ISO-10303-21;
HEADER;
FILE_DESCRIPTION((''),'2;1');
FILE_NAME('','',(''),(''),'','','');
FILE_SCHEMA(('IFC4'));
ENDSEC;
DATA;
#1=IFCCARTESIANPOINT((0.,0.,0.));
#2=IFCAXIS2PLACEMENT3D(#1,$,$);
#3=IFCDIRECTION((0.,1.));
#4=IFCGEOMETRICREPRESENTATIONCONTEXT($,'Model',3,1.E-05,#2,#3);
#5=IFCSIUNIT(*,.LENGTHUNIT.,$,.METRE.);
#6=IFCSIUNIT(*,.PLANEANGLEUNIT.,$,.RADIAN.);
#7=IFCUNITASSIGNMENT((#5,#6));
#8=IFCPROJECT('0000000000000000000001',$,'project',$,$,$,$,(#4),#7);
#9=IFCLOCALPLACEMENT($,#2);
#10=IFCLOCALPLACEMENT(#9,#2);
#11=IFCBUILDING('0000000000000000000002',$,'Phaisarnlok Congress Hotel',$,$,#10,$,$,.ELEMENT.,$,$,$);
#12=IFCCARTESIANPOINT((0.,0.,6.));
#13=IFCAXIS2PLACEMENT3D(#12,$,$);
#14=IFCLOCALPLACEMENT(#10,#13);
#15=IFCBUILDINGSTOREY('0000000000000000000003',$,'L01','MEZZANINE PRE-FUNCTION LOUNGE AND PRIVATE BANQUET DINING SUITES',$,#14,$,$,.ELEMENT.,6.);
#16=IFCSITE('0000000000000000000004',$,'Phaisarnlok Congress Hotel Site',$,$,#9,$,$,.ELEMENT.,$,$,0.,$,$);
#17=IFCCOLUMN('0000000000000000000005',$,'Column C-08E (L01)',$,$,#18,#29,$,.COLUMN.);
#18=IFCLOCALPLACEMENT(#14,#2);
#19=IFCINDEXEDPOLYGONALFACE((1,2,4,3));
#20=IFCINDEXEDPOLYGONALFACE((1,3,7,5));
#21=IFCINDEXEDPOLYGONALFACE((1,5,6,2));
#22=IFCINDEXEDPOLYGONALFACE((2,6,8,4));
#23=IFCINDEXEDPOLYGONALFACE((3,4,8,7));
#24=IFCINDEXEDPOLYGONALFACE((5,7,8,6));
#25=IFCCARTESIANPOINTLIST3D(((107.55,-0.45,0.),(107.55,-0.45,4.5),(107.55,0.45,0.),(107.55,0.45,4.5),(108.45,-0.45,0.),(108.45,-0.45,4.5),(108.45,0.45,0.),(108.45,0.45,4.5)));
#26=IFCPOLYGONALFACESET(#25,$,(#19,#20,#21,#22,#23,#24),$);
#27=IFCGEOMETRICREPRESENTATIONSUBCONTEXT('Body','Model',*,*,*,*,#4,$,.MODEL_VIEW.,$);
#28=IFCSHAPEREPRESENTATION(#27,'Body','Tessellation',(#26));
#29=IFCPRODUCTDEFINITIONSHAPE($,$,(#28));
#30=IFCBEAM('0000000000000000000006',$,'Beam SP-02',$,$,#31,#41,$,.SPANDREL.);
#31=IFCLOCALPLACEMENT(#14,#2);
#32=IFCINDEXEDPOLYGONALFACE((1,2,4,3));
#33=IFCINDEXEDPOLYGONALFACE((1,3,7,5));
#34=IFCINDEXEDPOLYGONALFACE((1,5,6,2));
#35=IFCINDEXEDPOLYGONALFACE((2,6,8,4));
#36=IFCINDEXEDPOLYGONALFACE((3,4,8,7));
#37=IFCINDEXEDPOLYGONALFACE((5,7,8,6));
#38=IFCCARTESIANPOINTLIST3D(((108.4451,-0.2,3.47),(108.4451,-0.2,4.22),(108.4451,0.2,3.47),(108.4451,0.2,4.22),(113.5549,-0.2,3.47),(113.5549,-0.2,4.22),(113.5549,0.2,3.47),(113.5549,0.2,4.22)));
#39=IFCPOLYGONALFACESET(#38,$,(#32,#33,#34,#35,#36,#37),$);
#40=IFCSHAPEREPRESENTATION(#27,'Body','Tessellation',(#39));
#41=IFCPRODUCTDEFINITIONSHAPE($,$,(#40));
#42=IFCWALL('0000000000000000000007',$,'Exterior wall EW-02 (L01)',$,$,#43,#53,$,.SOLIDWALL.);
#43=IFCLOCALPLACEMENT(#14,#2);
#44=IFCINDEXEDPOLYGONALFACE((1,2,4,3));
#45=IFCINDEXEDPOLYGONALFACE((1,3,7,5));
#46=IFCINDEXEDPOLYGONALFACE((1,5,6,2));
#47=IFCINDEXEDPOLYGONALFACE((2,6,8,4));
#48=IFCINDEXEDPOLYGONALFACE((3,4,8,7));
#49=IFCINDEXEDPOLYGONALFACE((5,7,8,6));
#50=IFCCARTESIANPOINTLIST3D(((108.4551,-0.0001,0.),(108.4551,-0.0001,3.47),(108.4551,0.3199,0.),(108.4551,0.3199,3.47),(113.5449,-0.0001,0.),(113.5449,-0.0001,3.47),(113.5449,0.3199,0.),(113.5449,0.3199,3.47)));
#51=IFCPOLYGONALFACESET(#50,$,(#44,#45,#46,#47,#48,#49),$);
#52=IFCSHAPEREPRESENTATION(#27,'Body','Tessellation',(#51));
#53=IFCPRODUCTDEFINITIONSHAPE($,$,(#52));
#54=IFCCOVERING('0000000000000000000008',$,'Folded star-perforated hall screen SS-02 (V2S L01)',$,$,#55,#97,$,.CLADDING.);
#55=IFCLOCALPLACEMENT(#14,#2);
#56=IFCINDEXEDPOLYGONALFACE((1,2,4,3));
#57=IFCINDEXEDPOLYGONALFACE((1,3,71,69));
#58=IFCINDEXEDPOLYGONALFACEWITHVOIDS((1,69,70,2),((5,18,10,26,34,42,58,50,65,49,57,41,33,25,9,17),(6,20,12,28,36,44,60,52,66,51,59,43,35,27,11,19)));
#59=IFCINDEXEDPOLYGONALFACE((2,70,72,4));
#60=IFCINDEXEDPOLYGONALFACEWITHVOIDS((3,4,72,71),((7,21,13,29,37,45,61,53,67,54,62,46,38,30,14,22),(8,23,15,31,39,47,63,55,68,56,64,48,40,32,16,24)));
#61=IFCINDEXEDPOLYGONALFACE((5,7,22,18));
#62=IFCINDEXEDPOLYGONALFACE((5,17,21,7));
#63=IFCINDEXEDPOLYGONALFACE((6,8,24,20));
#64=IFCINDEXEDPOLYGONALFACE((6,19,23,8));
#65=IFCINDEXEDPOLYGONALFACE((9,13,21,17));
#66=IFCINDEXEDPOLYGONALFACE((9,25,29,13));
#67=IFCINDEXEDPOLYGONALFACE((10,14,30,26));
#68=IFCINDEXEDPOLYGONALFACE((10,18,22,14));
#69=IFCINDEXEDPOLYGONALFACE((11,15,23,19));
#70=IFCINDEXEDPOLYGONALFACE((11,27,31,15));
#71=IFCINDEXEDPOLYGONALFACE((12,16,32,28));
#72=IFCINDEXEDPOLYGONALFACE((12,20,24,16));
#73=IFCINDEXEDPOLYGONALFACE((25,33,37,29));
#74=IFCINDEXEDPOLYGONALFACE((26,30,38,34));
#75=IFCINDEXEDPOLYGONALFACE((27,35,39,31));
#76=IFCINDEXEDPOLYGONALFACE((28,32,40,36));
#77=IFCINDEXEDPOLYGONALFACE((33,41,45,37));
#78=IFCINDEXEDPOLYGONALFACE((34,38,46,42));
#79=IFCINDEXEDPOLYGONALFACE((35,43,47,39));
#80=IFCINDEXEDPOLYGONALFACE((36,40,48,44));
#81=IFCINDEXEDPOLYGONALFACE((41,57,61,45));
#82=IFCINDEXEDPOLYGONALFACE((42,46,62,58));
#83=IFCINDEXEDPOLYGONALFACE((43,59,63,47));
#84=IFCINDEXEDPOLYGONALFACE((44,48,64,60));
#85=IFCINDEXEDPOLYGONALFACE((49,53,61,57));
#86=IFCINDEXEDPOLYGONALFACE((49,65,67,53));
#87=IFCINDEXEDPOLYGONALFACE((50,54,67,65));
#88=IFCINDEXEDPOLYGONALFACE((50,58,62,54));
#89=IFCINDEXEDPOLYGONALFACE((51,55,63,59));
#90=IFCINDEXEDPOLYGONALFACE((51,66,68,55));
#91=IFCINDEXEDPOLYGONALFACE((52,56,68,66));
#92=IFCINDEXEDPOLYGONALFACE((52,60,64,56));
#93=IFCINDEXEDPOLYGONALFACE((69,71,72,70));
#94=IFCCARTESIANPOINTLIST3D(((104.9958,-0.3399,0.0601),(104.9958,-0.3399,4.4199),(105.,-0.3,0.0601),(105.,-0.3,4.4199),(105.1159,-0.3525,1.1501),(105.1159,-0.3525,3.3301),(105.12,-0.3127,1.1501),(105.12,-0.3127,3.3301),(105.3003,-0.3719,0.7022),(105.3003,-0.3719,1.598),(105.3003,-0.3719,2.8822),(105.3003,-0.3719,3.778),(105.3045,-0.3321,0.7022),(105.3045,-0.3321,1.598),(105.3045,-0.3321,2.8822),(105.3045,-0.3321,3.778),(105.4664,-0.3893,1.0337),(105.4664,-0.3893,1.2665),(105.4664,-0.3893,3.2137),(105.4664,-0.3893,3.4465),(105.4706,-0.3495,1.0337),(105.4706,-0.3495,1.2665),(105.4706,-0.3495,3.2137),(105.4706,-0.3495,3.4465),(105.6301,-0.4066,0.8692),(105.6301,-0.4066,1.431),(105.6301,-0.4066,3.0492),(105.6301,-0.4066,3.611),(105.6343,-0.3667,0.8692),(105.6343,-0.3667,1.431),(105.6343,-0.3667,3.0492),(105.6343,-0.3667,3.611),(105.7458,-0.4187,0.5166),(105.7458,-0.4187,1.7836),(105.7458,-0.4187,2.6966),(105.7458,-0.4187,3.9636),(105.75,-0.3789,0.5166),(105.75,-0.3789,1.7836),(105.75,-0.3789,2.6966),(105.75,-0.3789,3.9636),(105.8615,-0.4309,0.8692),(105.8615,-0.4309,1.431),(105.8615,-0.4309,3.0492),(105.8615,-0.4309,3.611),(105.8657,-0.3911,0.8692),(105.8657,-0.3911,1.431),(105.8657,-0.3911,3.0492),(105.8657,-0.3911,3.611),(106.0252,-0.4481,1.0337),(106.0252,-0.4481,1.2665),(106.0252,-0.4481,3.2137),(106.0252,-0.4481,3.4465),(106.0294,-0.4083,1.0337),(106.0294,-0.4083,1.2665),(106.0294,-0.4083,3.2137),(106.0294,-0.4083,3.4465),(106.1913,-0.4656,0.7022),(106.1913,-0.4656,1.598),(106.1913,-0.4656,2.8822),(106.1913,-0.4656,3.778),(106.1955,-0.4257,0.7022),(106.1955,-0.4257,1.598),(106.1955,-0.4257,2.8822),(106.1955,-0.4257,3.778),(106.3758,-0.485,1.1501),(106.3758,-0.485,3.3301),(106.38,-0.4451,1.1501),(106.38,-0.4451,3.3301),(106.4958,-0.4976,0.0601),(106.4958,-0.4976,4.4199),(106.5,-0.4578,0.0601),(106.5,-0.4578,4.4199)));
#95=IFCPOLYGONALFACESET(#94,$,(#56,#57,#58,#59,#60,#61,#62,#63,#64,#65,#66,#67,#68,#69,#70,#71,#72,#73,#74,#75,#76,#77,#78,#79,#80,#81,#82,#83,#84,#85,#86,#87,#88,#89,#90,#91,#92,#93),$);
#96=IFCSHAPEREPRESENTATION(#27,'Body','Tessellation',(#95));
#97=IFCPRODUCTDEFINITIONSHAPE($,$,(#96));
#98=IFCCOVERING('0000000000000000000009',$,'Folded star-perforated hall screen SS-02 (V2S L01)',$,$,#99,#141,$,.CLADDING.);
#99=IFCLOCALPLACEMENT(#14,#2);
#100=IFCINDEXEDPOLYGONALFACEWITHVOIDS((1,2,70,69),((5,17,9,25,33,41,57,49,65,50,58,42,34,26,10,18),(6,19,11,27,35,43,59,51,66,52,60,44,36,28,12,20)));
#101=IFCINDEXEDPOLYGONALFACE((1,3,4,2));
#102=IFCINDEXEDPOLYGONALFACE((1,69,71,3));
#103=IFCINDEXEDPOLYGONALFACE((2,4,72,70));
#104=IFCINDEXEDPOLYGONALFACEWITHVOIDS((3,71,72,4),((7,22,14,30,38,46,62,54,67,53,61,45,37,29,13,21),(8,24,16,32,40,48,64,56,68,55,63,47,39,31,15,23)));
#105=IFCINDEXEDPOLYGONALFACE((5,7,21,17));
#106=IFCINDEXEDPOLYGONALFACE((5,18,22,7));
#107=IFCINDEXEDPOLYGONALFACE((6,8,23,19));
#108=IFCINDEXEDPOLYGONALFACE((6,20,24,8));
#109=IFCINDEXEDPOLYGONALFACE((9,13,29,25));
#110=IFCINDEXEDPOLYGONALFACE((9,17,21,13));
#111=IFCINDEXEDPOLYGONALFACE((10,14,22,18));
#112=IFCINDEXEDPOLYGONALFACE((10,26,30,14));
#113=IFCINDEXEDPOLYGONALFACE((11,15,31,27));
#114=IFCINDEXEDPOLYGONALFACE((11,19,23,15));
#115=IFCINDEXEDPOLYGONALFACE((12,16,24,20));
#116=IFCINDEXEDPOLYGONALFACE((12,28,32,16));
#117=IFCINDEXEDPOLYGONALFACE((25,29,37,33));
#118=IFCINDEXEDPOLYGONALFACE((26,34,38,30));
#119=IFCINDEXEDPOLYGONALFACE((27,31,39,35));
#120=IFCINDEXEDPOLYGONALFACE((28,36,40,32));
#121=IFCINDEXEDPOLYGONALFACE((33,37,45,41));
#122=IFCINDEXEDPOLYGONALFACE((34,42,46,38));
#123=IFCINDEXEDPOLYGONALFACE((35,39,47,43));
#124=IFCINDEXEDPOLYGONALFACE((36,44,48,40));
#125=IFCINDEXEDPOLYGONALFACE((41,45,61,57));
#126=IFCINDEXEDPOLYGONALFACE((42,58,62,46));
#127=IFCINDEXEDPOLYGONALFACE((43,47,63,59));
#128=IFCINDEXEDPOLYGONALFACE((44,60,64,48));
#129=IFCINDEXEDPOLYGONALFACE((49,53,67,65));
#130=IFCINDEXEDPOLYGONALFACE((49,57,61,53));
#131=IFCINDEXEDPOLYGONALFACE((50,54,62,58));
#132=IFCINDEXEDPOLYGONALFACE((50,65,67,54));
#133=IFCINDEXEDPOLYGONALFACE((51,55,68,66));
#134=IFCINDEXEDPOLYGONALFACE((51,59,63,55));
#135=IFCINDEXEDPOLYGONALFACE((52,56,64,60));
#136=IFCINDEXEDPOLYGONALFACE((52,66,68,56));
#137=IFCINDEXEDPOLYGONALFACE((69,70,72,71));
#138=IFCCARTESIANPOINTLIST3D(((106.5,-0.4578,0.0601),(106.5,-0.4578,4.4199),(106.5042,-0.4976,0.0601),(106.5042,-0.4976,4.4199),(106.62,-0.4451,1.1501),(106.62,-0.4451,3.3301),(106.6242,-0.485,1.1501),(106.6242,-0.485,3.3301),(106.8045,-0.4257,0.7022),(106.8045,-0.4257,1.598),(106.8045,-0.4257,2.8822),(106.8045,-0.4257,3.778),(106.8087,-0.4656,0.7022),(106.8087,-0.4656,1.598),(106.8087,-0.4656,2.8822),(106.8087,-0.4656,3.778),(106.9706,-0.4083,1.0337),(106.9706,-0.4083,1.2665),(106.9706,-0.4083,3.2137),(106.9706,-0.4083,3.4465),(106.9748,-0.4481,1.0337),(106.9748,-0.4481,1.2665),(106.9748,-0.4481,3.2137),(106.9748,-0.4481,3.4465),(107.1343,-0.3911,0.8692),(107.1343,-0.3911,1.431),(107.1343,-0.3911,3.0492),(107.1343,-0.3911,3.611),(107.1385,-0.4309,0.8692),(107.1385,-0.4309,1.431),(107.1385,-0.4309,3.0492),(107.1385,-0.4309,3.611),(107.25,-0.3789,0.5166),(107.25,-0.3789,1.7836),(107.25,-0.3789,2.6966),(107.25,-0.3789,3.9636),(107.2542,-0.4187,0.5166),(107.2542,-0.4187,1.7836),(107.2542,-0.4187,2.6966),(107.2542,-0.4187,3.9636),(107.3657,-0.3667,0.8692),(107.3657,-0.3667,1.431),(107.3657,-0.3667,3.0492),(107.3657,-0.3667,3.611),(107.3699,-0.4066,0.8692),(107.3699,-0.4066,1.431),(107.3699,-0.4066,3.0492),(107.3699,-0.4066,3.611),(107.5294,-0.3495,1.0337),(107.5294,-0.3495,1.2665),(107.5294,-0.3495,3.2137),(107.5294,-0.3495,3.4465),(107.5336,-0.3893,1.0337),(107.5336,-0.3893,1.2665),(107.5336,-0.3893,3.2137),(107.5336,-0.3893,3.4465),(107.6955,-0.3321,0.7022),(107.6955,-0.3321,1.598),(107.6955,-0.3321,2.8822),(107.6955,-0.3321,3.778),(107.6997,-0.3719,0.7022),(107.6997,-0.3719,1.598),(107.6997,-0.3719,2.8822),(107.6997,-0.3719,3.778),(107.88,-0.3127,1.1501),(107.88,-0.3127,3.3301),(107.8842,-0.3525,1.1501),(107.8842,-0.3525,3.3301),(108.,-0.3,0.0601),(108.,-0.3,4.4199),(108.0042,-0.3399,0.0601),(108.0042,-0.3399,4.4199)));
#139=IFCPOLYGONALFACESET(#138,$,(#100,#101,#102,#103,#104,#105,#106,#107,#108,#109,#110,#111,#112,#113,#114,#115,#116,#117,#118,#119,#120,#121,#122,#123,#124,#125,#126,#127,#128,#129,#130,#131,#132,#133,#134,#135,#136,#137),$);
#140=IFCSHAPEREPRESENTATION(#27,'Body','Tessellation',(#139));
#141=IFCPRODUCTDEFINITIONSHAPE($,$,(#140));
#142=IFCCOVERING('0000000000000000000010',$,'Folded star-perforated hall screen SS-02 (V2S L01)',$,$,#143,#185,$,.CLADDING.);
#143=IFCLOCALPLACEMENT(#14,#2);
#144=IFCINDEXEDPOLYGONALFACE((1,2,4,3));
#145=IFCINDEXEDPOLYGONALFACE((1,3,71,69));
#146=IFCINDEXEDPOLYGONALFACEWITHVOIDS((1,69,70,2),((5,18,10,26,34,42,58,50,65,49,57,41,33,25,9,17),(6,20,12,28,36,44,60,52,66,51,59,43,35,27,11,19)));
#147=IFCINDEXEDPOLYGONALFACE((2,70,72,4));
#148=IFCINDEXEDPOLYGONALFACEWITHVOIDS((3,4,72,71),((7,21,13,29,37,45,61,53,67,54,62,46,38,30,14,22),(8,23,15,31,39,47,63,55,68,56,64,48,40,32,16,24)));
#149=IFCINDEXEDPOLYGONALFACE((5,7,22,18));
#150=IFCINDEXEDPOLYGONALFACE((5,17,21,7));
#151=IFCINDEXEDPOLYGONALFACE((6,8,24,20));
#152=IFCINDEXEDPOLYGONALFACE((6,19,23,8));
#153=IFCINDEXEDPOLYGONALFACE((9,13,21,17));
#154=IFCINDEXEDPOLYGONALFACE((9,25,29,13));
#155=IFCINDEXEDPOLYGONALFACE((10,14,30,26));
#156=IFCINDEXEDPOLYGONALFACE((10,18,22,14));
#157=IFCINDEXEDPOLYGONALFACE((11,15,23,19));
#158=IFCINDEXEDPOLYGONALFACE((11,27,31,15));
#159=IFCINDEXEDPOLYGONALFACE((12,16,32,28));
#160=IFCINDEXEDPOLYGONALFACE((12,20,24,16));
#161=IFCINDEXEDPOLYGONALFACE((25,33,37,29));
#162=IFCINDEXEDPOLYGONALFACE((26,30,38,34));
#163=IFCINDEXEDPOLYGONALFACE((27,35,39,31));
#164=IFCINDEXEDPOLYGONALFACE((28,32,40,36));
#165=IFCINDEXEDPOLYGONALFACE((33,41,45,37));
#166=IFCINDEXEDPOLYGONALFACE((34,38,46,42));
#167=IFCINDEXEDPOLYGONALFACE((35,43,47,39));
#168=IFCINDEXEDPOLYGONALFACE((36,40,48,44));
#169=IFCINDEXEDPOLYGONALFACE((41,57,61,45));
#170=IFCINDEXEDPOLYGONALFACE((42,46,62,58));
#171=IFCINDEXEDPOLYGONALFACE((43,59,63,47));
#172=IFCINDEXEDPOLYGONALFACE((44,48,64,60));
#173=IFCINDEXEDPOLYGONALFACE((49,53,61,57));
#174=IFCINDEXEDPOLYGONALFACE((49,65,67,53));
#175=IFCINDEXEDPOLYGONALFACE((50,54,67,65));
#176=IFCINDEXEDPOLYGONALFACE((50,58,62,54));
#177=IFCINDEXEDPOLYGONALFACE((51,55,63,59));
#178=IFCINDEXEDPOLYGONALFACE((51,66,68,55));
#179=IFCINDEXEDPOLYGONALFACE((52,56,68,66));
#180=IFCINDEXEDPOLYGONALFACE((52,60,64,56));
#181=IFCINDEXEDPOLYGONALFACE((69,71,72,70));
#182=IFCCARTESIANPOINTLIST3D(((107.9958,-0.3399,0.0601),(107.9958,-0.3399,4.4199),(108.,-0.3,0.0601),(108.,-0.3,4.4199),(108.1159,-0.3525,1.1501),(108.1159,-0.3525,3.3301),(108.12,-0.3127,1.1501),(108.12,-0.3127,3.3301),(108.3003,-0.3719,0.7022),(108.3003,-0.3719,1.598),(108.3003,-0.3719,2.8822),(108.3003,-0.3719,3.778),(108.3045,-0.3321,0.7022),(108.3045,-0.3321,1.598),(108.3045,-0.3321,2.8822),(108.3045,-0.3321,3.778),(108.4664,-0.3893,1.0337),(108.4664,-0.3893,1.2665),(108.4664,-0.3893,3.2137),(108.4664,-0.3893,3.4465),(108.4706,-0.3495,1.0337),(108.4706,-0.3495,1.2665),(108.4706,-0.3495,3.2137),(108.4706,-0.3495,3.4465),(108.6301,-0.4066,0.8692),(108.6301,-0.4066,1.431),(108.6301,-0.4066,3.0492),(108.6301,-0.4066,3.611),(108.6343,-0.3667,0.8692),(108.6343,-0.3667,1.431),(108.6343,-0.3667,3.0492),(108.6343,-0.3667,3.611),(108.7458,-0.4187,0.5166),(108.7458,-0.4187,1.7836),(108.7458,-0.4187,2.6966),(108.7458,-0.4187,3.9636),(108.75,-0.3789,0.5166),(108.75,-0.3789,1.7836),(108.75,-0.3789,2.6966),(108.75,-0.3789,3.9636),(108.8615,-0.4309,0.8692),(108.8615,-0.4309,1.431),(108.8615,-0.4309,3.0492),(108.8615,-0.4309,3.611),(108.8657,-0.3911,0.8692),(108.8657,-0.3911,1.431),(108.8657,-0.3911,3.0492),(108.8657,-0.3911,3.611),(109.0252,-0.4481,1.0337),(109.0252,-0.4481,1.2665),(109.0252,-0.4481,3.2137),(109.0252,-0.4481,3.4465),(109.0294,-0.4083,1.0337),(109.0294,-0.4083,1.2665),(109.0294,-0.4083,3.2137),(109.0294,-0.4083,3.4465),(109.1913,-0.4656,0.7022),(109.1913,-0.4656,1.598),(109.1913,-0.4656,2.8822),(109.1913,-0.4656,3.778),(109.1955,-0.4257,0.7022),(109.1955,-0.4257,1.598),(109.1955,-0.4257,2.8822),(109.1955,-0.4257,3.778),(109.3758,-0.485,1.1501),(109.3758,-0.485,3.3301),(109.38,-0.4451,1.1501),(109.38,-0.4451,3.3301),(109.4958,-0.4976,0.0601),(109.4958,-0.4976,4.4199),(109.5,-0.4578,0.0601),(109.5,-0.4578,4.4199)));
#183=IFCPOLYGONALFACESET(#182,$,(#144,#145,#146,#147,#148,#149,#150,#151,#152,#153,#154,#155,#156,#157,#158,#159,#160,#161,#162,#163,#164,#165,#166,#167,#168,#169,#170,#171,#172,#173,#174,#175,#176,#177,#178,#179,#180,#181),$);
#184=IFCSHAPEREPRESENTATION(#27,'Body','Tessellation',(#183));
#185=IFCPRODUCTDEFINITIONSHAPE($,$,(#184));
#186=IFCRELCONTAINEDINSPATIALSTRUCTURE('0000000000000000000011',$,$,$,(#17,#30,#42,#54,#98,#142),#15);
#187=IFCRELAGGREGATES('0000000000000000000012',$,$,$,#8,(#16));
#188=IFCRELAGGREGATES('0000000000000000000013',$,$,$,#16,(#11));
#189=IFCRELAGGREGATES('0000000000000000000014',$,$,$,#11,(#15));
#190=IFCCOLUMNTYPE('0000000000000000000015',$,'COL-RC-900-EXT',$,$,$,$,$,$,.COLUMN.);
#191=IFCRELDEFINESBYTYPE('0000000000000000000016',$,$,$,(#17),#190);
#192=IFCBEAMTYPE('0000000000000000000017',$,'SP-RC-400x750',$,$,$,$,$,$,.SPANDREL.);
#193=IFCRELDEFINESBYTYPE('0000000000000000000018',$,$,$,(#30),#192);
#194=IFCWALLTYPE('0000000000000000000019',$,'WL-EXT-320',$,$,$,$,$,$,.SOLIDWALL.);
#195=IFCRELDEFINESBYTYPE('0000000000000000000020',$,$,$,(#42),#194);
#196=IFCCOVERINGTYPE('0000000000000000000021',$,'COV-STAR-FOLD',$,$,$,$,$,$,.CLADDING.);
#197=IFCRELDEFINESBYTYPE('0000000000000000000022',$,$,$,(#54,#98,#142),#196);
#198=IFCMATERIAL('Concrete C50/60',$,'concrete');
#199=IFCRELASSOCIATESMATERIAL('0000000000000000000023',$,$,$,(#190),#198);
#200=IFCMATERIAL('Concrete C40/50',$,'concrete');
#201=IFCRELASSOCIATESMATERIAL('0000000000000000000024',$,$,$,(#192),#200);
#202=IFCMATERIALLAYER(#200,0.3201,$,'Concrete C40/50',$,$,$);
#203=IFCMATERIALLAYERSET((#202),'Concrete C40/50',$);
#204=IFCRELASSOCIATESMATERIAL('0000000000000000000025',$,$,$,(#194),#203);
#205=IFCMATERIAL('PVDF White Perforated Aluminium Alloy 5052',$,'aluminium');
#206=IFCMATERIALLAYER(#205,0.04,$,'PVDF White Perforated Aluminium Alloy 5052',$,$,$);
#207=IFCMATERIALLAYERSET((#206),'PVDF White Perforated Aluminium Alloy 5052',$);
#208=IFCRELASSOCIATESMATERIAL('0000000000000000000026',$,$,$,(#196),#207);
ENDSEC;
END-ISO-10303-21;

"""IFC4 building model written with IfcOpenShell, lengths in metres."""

from ifc_helpers import new_model, si_unit, direction, frame, frame_2d, origin, origin_2d, place, context, subcontext, project, spatial, polyline, rectangle, outline, extrude, material, layer, layer_set, material_profile, profile_set, type_object, element, save


model = new_model("IFC4")

# Units and contexts
model_context = context("Model", 3, precision=1e-05, world=origin(), true_north=direction((0.0, 1.0)))
body_context = subcontext(model_context, "Body", "Model", "MODEL_VIEW")
ifc_project = project(units=[si_unit("LENGTHUNIT", "METRE"), si_unit("PLANEANGLEUNIT", "RADIAN")], contexts=[model_context])

# Site, building, storey
site_placement = place(None, origin())
site = spatial("IfcSite", under=ifc_project, at=site_placement, Name="Phaisarnlok Congress Hotel Site", CompositionType="ELEMENT", RefElevation=0.0)
building_placement = place(site_placement, origin())
building = spatial("IfcBuilding", under=site, at=building_placement, Name="Phaisarnlok Congress Hotel", CompositionType="ELEMENT")
storey_placement = place(building_placement, frame((0.0, 0.0, 6.0)))
storey = spatial("IfcBuildingStorey", under=building, at=storey_placement, Name="L01", Description="MEZZANINE PRE-FUNCTION LOUNGE AND PRIVATE BANQUET DINING SUITES", CompositionType="ELEMENT", Elevation=6.0)

# Column
ifc_material_1 = material(Name="Concrete C50/60", Category="concrete")
ifc_material_profile_1 = material_profile(ifc_material_1, rectangle(XDim=0.8999, YDim=0.8999, at=origin_2d()), Name="RC 900x900")
ifc_profile_set_1 = profile_set([ifc_material_profile_1], Name="Concrete C50/60")
column_type = type_object("IfcColumnType", Name="COL-RC-900-EXT", PredefinedType="COLUMN", material=ifc_profile_set_1)
column_placement = place(storey_placement, frame((108.0, 0.0, 0.0), z_axis=(0.0, 0.0, 1.0), x_axis=(1.0, 0.0, 0.0)))
element("IfcColumn", 1, at=column_placement, inside=storey, type_object=column_type, Name="Column C-08E (L01)", PredefinedType="COLUMN", context=body_context, shape_type="SweptSolid", body=[
    extrude(rectangle(XDim=0.8999, YDim=0.8999, at=origin_2d()), origin(), (0.0, 0.0, 1.0), 4.5),
])

# Beam
ifc_material_2 = material(Name="Concrete C40/50", Category="concrete")
ifc_material_profile_2 = material_profile(ifc_material_2, rectangle(XDim=0.3999, YDim=0.75, at=origin_2d()), Name="RC 400x750")
ifc_profile_set_2 = profile_set([ifc_material_profile_2], Name="Concrete C40/50")
beam_type = type_object("IfcBeamType", Name="SP-RC-400x750", PredefinedType="SPANDREL", material=ifc_profile_set_2)
beam_placement = place(storey_placement, frame((108.4451, 0.0, 3.845), z_axis=(1.0, 0.0, 0.0), x_axis=(0.0, 1.0, 0.0)))
element("IfcBeam", 2, at=beam_placement, inside=storey, type_object=beam_type, Name="Beam SP-02", PredefinedType="SPANDREL", context=body_context, shape_type="SweptSolid", body=[
    extrude(rectangle(XDim=0.3999, YDim=0.75, at=origin_2d()), origin(), (0.0, 0.0, 1.0), 5.1099),
])

# Wall
ifc_layer_1 = layer(ifc_material_2, 0.3201, Name="Concrete C40/50")
ifc_layer_set_1 = layer_set([ifc_layer_1], Name="Concrete C40/50")
wall_type_1 = type_object("IfcWallType", Name="WL-EXT-320", PredefinedType="SOLIDWALL", material=ifc_layer_set_1)
wall_1_placement = place(storey_placement, frame((108.4551, 0.1599, 0.0), z_axis=(0.0, 0.0, 1.0), x_axis=(1.0, 0.0, 0.0)))
element("IfcWall", 3, at=wall_1_placement, inside=storey, type_object=wall_type_1, Name="Exterior wall EW-02 (L01)", PredefinedType="SOLIDWALL", context=body_context, shape_type="SweptSolid", body=[
    extrude(rectangle(XDim=5.0898, YDim=0.3201, at=frame_2d((2.5449, 0.0))), origin(), (0.0, 0.0, 1.0), 3.47),
])

# Coverings
ifc_material_3 = material(Name="PVDF White Perforated Aluminium Alloy 5052", Category="aluminium")
ifc_layer_2 = layer(ifc_material_3, 0.04, Name="PVDF White Perforated Aluminium Alloy 5052")
ifc_layer_set_2 = layer_set([ifc_layer_2], Name="PVDF White Perforated Aluminium Alloy 5052")
covering_type = type_object("IfcCoveringType", Name="COV-STAR-FOLD", PredefinedType="CLADDING", material=ifc_layer_set_2)
for number, where, z_axis, x_axis, name in (
    (4, (105.0, -0.3, 0.0601), (-0.104567, -0.994518, 0.0), (0.994518, -0.104567, 0.0), "Folded star-perforated hall screen SS-02 (V2S L01)"),
    (5, (106.5, -0.4578, 0.0601), (0.104567, -0.994518, 0.0), (0.994518, 0.104567, 0.0), "Folded star-perforated hall screen SS-02 (V2S L01)"),
    (6, (108.0, -0.3, 0.0601), (-0.104567, -0.994518, 0.0), (0.994518, -0.104567, 0.0), "Folded star-perforated hall screen SS-02 (V2S L01)"),
):
    element("IfcCovering", number, at=place(storey_placement, frame(where, z_axis=z_axis, x_axis=x_axis)), inside=storey, type_object=covering_type, Name=name, PredefinedType="CLADDING", context=body_context, shape_type="SweptSolid", body=[
        extrude(outline(polyline([(0.0, 0.0), (1.5083, 0.0), (1.5083, 4.3599), (0.0, 4.3599), (0.0, 0.0)]), holes=[polyline([(1.0351, 0.9736), (1.2021, 0.6421), (0.8705, 0.8091), (0.7541, 0.4565), (0.6378, 0.8091), (0.3062, 0.6421), (0.4732, 0.9736), (0.1207, 1.09), (0.4732, 1.2064), (0.3062, 1.5379), (0.6378, 1.3709), (0.7541, 1.7235), (0.8705, 1.3709), (1.2021, 1.5379), (1.0351, 1.2064), (1.3876, 1.09), (1.0351, 0.9736)]), polyline([(1.0351, 3.1536), (1.2021, 2.8221), (0.8705, 2.9891), (0.7541, 2.6365), (0.6378, 2.9891), (0.3062, 2.8221), (0.4732, 3.1536), (0.1207, 3.27), (0.4732, 3.3864), (0.3062, 3.7179), (0.6378, 3.5509), (0.7541, 3.9035), (0.8705, 3.5509), (1.2021, 3.7179), (1.0351, 3.3864), (1.3876, 3.27), (1.0351, 3.1536)])]), origin(), (0.0, 0.0, 1.0), 0.04),
    ])

save(model, "model.ifc")
